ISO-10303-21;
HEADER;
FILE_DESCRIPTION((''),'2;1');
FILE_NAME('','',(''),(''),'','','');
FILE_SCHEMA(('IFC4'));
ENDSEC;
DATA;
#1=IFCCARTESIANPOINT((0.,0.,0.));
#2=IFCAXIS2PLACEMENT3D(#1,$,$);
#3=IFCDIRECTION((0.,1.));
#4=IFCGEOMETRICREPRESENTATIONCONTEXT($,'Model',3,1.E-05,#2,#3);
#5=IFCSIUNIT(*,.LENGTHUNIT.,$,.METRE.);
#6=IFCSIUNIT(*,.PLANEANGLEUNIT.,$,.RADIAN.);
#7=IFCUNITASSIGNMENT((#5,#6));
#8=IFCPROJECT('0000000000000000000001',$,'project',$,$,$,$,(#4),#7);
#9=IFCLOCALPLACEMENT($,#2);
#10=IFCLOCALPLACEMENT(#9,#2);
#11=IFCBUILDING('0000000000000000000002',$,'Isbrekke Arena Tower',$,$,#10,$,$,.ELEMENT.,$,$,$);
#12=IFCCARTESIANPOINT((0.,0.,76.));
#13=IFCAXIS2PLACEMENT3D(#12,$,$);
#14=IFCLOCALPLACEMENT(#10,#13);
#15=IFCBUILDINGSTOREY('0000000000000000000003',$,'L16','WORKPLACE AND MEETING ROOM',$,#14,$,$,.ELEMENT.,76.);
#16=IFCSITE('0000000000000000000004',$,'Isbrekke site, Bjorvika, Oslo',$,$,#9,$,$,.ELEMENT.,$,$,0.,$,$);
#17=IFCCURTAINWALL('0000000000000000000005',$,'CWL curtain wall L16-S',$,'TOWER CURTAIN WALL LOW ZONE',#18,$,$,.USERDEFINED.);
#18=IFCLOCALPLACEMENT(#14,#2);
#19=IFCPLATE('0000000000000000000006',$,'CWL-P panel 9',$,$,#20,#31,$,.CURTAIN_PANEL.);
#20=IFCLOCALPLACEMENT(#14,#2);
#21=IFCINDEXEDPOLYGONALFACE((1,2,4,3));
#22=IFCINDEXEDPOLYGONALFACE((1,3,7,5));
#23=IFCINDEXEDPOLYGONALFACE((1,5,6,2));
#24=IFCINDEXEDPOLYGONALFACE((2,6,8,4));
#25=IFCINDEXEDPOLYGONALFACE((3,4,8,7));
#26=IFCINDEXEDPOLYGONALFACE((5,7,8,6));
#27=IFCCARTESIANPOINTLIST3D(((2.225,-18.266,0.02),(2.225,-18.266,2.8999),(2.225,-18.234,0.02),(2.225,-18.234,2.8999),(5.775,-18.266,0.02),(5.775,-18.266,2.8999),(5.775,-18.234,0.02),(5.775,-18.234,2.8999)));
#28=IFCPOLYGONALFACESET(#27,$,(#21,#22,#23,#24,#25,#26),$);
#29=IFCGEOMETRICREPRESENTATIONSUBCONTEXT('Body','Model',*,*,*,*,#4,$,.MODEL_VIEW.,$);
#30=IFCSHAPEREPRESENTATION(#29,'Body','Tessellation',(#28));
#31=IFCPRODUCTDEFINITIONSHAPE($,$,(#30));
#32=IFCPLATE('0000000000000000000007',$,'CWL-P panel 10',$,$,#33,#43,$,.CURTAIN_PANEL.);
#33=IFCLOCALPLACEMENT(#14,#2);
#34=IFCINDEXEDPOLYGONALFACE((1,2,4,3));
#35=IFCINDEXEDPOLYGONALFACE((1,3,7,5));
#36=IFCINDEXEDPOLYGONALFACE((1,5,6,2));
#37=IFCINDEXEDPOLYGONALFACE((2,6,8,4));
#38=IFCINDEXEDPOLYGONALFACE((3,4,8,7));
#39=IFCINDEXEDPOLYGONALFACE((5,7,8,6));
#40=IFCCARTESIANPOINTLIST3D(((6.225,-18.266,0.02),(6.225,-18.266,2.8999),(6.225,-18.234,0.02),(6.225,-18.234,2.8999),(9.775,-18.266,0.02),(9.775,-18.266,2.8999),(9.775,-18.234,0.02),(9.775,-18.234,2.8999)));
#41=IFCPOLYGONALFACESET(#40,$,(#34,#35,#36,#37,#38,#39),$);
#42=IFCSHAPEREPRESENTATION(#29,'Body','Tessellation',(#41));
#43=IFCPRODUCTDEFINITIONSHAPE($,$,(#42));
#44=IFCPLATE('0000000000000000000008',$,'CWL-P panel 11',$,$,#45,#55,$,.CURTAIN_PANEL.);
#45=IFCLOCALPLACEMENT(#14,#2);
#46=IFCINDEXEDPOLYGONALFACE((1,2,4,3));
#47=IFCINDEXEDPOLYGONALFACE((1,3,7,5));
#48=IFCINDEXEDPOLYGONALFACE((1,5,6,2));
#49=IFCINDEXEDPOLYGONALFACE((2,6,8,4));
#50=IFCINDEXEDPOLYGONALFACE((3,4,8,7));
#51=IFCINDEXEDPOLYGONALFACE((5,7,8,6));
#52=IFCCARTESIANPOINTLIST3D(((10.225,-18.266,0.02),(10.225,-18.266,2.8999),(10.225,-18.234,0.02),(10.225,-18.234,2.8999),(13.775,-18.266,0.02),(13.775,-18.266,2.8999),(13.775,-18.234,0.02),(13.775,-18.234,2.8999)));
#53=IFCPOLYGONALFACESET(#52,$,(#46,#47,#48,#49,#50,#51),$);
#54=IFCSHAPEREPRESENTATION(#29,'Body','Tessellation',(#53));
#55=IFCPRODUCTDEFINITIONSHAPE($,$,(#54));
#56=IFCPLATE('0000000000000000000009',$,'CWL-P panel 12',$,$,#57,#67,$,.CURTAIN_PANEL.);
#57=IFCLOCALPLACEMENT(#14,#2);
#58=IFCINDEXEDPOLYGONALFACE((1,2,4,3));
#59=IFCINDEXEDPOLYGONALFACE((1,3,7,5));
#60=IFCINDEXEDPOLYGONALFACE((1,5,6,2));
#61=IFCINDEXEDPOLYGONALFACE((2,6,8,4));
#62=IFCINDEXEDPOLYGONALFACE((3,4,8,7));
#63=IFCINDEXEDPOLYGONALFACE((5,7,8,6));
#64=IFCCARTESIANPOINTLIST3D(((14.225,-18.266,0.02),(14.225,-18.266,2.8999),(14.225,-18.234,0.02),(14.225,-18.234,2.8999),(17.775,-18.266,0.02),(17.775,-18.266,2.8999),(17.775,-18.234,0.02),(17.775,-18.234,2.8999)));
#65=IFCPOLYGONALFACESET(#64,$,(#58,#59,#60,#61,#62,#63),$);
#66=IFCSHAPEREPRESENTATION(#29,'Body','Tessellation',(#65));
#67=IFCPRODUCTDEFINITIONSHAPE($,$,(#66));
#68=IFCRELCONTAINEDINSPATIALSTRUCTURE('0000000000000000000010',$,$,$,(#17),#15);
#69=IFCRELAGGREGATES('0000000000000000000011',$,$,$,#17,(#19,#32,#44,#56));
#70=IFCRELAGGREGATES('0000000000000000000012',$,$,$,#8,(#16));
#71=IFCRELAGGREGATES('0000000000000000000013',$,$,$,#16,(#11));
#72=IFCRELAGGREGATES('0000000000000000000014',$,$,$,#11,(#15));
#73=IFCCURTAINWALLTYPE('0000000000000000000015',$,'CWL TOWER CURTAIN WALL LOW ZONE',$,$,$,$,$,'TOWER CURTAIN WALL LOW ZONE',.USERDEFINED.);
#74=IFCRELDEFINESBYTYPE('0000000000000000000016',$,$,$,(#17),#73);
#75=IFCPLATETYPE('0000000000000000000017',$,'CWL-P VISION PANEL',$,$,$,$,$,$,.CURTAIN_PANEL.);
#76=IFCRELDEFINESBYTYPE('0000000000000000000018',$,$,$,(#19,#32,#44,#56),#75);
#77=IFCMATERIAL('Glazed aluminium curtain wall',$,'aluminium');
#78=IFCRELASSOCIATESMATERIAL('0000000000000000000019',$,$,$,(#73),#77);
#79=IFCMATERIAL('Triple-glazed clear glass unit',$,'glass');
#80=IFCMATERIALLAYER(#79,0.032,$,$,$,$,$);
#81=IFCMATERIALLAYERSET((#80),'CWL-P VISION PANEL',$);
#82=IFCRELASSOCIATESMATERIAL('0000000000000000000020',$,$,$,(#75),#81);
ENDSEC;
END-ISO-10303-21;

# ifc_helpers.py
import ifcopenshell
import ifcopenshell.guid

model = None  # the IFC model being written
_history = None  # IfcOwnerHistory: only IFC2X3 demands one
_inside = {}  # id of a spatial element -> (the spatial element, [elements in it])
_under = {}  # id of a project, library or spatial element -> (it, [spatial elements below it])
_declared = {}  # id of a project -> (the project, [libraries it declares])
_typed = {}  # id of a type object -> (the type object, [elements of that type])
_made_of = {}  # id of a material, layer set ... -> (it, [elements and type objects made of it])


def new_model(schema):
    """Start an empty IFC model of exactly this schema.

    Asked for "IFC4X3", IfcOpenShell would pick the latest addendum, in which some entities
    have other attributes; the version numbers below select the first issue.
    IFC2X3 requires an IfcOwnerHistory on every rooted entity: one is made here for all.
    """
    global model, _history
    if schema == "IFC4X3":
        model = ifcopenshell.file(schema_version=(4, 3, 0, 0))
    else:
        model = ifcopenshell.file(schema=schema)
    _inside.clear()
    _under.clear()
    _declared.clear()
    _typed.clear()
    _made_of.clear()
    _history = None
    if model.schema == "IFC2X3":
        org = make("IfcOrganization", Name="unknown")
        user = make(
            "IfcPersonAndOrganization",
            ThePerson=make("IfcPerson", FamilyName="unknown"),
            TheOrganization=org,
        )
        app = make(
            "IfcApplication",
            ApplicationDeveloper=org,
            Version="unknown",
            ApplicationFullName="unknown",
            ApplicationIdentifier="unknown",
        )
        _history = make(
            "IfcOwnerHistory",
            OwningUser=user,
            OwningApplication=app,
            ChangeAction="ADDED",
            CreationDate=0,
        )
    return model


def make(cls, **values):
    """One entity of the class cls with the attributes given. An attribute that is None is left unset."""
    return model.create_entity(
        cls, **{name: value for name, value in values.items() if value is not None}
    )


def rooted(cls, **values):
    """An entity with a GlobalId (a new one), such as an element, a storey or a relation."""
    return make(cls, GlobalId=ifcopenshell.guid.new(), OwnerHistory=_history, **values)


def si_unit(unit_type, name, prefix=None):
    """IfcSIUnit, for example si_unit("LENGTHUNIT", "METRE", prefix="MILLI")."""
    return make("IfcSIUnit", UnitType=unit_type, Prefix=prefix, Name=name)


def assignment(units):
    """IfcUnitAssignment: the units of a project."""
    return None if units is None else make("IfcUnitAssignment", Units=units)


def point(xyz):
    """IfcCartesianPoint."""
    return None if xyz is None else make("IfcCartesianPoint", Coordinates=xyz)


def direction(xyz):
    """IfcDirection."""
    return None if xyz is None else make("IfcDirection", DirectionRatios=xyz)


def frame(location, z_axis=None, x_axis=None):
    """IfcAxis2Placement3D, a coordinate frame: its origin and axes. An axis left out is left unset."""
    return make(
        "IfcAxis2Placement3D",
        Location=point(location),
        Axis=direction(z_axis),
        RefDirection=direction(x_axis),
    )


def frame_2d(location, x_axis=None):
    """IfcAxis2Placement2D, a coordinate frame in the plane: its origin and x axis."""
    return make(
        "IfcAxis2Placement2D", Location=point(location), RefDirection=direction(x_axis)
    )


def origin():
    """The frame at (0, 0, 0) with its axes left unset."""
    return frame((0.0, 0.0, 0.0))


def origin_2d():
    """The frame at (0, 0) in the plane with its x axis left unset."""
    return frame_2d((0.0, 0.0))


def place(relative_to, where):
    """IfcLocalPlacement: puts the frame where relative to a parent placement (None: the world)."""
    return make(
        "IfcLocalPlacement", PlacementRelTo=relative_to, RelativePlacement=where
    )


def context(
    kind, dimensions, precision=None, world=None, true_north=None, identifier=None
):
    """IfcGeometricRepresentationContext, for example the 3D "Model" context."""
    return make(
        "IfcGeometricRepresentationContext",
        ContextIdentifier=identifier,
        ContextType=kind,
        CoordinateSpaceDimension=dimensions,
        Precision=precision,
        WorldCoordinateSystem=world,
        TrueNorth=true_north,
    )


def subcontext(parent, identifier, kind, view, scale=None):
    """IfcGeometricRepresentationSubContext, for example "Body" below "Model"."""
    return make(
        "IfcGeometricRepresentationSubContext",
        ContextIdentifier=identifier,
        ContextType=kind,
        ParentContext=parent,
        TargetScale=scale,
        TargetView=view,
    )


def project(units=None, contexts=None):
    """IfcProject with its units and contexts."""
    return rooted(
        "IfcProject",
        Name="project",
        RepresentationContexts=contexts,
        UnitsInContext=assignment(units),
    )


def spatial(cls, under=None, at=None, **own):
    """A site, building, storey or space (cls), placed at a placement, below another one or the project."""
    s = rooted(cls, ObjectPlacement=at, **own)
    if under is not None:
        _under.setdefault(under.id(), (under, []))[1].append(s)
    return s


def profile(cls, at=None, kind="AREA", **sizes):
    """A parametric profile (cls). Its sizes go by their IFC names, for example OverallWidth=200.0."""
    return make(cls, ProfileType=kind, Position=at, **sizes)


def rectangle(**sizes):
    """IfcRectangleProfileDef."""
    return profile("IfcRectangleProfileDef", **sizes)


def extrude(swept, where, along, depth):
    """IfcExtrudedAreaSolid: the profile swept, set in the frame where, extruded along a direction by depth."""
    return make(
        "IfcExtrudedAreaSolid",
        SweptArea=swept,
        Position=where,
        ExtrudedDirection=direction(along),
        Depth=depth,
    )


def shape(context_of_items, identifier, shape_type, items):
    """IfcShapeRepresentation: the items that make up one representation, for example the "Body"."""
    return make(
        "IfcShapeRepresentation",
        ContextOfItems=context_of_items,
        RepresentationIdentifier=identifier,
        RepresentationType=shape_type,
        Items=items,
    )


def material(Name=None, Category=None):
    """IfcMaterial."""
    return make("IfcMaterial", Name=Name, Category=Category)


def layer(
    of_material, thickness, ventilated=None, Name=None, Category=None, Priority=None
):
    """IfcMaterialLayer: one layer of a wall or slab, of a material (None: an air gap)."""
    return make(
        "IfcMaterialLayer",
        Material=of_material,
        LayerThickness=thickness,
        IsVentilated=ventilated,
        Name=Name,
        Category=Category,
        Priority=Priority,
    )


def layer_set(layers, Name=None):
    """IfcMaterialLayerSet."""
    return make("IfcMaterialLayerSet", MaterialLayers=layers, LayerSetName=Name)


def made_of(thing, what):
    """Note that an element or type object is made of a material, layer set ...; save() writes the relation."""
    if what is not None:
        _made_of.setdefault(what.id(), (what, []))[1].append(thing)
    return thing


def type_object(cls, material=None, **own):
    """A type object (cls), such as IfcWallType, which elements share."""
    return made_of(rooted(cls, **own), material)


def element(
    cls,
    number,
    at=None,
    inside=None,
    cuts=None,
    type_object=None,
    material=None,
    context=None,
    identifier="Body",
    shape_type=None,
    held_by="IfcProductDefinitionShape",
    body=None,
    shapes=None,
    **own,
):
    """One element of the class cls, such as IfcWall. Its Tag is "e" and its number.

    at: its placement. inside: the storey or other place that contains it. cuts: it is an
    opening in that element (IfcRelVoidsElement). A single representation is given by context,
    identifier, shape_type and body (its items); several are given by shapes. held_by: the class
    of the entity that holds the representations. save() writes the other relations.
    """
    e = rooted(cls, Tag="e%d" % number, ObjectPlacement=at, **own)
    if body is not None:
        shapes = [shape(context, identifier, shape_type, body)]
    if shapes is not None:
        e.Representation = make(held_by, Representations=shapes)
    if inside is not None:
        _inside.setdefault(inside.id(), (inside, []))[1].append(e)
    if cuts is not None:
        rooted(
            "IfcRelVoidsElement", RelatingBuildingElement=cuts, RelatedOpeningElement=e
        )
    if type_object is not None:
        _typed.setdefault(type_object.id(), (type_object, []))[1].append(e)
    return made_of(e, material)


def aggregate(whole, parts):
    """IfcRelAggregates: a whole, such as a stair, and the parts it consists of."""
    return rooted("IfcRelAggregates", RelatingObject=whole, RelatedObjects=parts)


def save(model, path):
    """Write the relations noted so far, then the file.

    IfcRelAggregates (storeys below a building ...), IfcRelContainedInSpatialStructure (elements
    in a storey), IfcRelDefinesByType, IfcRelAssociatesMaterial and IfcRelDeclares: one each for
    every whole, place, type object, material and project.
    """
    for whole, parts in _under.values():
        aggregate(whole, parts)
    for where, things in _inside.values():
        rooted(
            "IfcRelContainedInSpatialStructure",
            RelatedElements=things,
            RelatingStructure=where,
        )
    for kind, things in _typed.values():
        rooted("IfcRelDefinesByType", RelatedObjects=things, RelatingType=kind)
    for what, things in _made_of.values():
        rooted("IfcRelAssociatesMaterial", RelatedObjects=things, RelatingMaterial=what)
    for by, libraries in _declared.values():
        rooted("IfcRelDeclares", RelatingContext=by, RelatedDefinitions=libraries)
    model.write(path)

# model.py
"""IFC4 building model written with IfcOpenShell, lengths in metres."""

from ifc_helpers import new_model, si_unit, direction, frame, origin, origin_2d, place, context, subcontext, project, spatial, rectangle, extrude, material, layer, layer_set, type_object, element, aggregate, save


model = new_model("IFC4")

# Units and contexts
model_context = context("Model", 3, precision=1e-05, world=origin(), true_north=direction((0.0, 1.0)))
body_context = subcontext(model_context, "Body", "Model", "MODEL_VIEW")
ifc_project = project(units=[si_unit("LENGTHUNIT", "METRE"), si_unit("PLANEANGLEUNIT", "RADIAN")], contexts=[model_context])

# Site, building, storey
site_placement = place(None, origin())
site = spatial("IfcSite", under=ifc_project, at=site_placement, Name="Isbrekke site, Bjorvika, Oslo", CompositionType="ELEMENT", RefElevation=0.0)
building_placement = place(site_placement, origin())
building = spatial("IfcBuilding", under=site, at=building_placement, Name="Isbrekke Arena Tower", CompositionType="ELEMENT")
storey_placement = place(building_placement, frame((0.0, 0.0, 76.0)))
storey = spatial("IfcBuildingStorey", under=building, at=storey_placement, Name="L16", Description="WORKPLACE AND MEETING ROOM", CompositionType="ELEMENT", Elevation=76.0)

# Curtain wall
ifc_material_1 = material(Name="Glazed aluminium curtain wall", Category="aluminium")
curtain_wall_type = type_object("IfcCurtainWallType", Name="CWL TOWER CURTAIN WALL LOW ZONE", ElementType="TOWER CURTAIN WALL LOW ZONE", PredefinedType="USERDEFINED", material=ifc_material_1)
curtain_wall_placement = place(storey_placement, origin())
curtain_wall = element("IfcCurtainWall", 1, at=curtain_wall_placement, inside=storey, type_object=curtain_wall_type, Name="CWL curtain wall L16-S", ObjectType="TOWER CURTAIN WALL LOW ZONE", PredefinedType="USERDEFINED")

# Plates
ifc_material_2 = material(Name="Triple-glazed clear glass unit", Category="glass")
ifc_layer = layer(ifc_material_2, 0.032)
ifc_layer_set = layer_set([ifc_layer], Name="CWL-P VISION PANEL")
plate_type = type_object("IfcPlateType", Name="CWL-P VISION PANEL", PredefinedType="CURTAIN_PANEL", material=ifc_layer_set)
plate_1_placement = place(storey_placement, frame((4.0, -18.25, 0.02), z_axis=(0.0, 0.0, 1.0), x_axis=(1.0, 0.0, 0.0)))
plate_1 = element("IfcPlate", 2, at=plate_1_placement, type_object=plate_type, Name="CWL-P panel 9", PredefinedType="CURTAIN_PANEL", context=body_context, shape_type="SweptSolid", body=[
    extrude(rectangle(XDim=3.55, YDim=0.032, at=origin_2d()), origin(), (0.0, 0.0, 1.0), 2.8799),
])
plate_2_placement = place(storey_placement, frame((8.0, -18.25, 0.02), z_axis=(0.0, 0.0, 1.0), x_axis=(1.0, 0.0, 0.0)))
plate_2 = element("IfcPlate", 3, at=plate_2_placement, type_object=plate_type, Name="CWL-P panel 10", PredefinedType="CURTAIN_PANEL", context=body_context, shape_type="SweptSolid", body=[
    extrude(rectangle(XDim=3.55, YDim=0.032, at=origin_2d()), origin(), (0.0, 0.0, 1.0), 2.8799),
])
plate_3_placement = place(storey_placement, frame((12.0, -18.25, 0.02), z_axis=(0.0, 0.0, 1.0), x_axis=(1.0, 0.0, 0.0)))
plate_3 = element("IfcPlate", 4, at=plate_3_placement, type_object=plate_type, Name="CWL-P panel 11", PredefinedType="CURTAIN_PANEL", context=body_context, shape_type="SweptSolid", body=[
    extrude(rectangle(XDim=3.55, YDim=0.032, at=origin_2d()), origin(), (0.0, 0.0, 1.0), 2.8799),
])
plate_4_placement = place(storey_placement, frame((16.0, -18.25, 0.02), z_axis=(0.0, 0.0, 1.0), x_axis=(1.0, 0.0, 0.0)))
plate_4 = element("IfcPlate", 5, at=plate_4_placement, type_object=plate_type, Name="CWL-P panel 12", PredefinedType="CURTAIN_PANEL", context=body_context, shape_type="SweptSolid", body=[
    extrude(rectangle(XDim=3.55, YDim=0.032, at=origin_2d()), origin(), (0.0, 0.0, 1.0), 2.8799),
])
aggregate(curtain_wall, [plate_1, plate_2, plate_3, plate_4])

save(model, "model.ifc")
